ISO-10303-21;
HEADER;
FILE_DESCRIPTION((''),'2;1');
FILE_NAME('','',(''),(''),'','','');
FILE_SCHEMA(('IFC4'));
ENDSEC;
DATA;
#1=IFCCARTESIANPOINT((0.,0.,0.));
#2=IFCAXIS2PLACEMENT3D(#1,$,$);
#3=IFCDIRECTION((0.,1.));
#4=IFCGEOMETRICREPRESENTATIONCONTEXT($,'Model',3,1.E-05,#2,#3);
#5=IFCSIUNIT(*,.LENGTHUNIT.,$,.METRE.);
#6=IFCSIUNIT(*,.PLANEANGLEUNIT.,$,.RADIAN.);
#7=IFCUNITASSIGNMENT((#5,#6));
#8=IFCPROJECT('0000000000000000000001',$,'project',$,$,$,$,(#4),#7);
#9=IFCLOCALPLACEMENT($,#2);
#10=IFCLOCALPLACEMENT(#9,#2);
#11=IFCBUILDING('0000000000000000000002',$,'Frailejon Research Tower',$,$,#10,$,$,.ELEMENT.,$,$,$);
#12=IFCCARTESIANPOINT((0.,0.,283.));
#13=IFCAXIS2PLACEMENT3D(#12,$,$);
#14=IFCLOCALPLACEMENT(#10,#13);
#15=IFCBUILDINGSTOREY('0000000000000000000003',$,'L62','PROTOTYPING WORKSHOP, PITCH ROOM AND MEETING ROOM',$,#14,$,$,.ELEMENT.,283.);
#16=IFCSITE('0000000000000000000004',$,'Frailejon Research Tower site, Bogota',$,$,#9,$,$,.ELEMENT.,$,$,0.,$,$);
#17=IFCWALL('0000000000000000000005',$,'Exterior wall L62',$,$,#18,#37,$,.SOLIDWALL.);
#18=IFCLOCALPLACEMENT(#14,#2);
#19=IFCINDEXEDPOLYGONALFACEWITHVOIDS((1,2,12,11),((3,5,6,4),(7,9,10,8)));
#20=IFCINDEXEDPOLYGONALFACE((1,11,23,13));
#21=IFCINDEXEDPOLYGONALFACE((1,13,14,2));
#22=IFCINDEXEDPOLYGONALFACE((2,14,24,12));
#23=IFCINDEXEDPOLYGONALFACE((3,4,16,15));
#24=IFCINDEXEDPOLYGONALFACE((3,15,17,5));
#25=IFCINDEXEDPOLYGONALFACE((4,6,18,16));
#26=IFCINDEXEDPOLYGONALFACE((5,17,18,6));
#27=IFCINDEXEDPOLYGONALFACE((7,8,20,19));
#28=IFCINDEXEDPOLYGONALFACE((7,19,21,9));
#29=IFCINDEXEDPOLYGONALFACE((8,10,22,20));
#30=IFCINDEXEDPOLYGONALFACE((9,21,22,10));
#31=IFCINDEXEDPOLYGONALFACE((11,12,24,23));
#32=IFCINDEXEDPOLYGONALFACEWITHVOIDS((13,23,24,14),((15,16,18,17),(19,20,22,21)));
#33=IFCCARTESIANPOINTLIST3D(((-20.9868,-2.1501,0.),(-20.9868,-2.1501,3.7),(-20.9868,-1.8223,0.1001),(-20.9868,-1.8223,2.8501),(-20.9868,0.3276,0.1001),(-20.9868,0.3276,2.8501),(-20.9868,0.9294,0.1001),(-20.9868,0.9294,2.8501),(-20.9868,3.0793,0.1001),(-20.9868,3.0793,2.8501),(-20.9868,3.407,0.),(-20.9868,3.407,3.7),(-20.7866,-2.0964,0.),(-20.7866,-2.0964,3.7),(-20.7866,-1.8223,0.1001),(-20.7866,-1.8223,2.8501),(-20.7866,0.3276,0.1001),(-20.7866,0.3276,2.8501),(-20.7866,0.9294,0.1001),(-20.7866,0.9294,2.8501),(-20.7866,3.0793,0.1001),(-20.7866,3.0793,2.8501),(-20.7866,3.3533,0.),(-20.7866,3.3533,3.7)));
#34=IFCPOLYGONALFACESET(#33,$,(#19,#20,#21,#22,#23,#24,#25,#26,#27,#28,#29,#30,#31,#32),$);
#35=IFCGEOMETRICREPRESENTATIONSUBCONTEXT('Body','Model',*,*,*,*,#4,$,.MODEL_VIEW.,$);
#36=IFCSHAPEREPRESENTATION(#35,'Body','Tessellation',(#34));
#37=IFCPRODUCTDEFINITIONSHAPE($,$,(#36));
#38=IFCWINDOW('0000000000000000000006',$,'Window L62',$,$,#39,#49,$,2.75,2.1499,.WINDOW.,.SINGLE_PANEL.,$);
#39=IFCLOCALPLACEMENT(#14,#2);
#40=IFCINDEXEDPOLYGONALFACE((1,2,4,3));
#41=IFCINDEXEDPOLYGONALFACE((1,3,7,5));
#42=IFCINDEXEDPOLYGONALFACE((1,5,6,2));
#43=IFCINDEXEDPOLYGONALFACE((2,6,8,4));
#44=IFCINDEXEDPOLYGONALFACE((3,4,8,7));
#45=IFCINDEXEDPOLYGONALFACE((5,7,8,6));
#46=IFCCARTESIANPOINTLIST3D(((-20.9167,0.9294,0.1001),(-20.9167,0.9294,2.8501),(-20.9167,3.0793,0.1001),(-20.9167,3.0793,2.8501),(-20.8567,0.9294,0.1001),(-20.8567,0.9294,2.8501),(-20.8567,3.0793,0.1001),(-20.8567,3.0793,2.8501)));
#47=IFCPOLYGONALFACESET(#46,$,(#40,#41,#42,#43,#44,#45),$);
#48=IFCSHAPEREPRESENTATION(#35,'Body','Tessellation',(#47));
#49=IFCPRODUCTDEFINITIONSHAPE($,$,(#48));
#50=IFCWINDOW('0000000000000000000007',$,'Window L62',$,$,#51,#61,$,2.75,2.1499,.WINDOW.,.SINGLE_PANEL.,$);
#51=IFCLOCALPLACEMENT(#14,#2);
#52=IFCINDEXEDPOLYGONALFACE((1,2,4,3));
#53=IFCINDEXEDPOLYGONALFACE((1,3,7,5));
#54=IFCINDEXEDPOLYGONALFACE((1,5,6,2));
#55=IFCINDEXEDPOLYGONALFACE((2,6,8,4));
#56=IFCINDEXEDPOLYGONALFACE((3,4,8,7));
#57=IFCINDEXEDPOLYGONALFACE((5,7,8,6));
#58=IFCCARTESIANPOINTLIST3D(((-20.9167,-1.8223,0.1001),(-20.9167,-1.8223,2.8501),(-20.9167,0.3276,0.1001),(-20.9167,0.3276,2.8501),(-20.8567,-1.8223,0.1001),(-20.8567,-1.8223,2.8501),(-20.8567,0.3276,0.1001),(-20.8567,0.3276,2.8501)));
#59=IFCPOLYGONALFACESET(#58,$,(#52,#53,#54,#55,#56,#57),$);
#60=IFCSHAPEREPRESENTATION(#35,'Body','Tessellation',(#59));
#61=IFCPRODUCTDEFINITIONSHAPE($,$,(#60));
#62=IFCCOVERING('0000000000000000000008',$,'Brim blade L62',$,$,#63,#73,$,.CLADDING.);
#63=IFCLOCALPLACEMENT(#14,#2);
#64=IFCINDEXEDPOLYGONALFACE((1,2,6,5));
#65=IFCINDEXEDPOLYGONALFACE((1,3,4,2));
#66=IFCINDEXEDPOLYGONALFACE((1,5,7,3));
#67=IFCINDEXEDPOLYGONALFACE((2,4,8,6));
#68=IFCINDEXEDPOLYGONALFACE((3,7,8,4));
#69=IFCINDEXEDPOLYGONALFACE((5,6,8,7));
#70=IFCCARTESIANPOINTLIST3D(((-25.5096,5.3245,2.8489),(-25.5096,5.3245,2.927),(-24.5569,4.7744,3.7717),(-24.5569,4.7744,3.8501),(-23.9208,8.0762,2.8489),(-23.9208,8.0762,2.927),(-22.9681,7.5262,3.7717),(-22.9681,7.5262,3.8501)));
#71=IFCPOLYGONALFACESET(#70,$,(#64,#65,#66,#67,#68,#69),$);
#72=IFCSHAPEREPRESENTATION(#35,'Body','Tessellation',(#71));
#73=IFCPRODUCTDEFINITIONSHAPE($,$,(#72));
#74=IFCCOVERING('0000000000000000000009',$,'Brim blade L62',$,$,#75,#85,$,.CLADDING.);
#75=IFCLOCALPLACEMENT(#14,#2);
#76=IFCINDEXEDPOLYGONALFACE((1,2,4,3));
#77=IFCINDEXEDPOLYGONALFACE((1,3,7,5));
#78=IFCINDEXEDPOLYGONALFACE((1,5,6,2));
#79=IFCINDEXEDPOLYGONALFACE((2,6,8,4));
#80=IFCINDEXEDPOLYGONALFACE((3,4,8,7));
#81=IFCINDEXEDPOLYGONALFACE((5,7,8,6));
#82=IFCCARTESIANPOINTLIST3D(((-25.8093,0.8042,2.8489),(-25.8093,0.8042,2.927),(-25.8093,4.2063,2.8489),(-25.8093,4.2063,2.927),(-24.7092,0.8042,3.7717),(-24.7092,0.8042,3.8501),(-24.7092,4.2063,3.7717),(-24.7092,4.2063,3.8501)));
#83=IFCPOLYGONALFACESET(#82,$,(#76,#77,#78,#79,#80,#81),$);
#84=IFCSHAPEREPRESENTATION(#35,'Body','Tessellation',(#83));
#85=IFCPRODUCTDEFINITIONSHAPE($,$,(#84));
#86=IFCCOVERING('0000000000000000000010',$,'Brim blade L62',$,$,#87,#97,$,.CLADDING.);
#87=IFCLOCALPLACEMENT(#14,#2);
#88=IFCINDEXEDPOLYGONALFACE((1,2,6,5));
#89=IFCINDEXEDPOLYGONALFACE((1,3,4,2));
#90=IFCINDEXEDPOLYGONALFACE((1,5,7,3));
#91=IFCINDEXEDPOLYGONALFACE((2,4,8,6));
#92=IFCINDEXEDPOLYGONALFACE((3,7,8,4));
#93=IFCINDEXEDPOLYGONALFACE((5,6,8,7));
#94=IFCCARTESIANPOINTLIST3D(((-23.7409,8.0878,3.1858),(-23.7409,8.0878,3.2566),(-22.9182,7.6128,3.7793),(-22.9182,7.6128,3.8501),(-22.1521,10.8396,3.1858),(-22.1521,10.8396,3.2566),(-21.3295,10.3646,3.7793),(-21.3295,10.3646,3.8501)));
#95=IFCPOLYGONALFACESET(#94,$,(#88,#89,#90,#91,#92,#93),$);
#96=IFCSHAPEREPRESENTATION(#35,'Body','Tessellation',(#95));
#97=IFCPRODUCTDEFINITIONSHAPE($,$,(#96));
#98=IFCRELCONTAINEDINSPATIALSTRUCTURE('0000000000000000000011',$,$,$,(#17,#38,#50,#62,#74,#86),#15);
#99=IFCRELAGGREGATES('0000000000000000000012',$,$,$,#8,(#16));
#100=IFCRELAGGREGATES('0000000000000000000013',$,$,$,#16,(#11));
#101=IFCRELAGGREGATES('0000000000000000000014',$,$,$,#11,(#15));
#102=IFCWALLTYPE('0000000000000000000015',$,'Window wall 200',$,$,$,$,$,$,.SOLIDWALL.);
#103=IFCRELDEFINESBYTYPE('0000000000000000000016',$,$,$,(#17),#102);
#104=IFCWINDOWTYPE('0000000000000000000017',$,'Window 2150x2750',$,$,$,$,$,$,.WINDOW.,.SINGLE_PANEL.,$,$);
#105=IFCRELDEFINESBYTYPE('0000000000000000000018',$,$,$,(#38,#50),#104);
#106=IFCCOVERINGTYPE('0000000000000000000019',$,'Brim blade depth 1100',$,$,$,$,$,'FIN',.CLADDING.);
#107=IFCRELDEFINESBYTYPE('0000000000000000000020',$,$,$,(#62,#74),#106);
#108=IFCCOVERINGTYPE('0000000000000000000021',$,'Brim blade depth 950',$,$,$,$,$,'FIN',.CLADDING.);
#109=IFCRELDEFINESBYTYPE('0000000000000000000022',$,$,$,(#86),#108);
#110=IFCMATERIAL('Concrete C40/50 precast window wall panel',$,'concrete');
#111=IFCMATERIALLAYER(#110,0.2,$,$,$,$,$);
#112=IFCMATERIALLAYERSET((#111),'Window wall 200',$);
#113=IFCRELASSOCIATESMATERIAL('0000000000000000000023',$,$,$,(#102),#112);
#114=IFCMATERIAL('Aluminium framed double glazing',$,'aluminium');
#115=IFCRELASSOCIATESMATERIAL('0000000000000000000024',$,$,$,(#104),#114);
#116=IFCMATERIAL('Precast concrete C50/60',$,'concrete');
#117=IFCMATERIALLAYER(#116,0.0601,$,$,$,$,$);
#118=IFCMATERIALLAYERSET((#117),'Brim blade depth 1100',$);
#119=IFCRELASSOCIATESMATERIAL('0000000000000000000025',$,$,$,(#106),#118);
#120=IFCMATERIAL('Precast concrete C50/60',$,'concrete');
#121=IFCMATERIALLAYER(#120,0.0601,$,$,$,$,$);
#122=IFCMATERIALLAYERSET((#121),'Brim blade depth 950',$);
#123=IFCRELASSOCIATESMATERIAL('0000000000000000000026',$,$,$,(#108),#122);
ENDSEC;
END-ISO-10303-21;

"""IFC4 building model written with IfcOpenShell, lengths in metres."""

from ifc_helpers import new_model, si_unit, direction, frame, frame_2d, origin, place, context, subcontext, project, spatial, polyline, rectangle, outline, extrude, material, layer, layer_set, type_object, element, fill, save


model = new_model("IFC4")

# Units and contexts
model_context = context("Model", 3, precision=1e-05, world=origin(), true_north=direction((0.0, 1.0)))
body_context = subcontext(model_context, "Body", "Model", "MODEL_VIEW")
ifc_project = project(units=[si_unit("LENGTHUNIT", "METRE"), si_unit("PLANEANGLEUNIT", "RADIAN")], contexts=[model_context])

# Site, building, storey
site_placement = place(None, origin())
site = spatial("IfcSite", under=ifc_project, at=site_placement, Name="Frailejon Research Tower site, Bogota", CompositionType="ELEMENT", RefElevation=0.0)
building_placement = place(site_placement, origin())
building = spatial("IfcBuilding", under=site, at=building_placement, Name="Frailejon Research Tower", CompositionType="ELEMENT")
storey_placement = place(building_placement, frame((0.0, 0.0, 283.0)))
storey = spatial("IfcBuildingStorey", under=building, at=storey_placement, Name="L62", Description="PROTOTYPING WORKSHOP, PITCH ROOM AND MEETING ROOM", CompositionType="ELEMENT", Elevation=283.0)

# Wall, openings, windows
ifc_material_1 = material(Name="Concrete C40/50 precast window wall panel", Category="concrete")
ifc_layer_1 = layer(ifc_material_1, 0.2)
ifc_layer_set_1 = layer_set([ifc_layer_1], Name="Window wall 200")
wall_type_1 = type_object("IfcWallType", Name="Window wall 200", PredefinedType="SOLIDWALL", material=ifc_layer_set_1)
wall_1_placement = place(storey_placement, frame((-20.8867, 3.3801, 0.0), z_axis=(0.0, 0.0, 1.0), x_axis=(0.0, -1.0, 0.0)))
wall_1 = element("IfcWall", 1, at=wall_1_placement, inside=storey, type_object=wall_type_1, Name="Exterior wall L62", PredefinedType="SOLIDWALL", context=body_context, shape_type="SweptSolid", body=[
    extrude(outline(polyline([(-0.0269, -0.1001), (1.0845, -0.1001), (2.196, -0.1001), (3.3074, -0.1001), (4.4189, -0.1001), (5.5303, -0.1001), (5.4766, 0.1001), (4.3867, 0.1001), (3.2966, 0.1001), (2.2068, 0.1001), (1.1167, 0.1001), (0.0269, 0.1001), (-0.0269, -0.1001)])), origin(), (0.0, 0.0, 1.0), 3.7),
])
opening_1_placement = place(wall_1_placement, frame((0.3008, 0.0, 0.1001)))
opening_1 = element("IfcOpeningElement", 2, at=opening_1_placement, cuts=wall_1, PredefinedType="OPENING", context=body_context, shape_type="SweptSolid", body=[
    extrude(rectangle(XDim=2.1499, YDim=2.75, at=frame_2d((1.075, 1.375))), frame((0.0, 0.1099, 0.0), z_axis=(0.0, -1.0, 0.0), x_axis=(1.0, 0.0, 0.0)), (0.0, 0.0, 1.0), 0.22),
])
opening_2_placement = place(wall_1_placement, frame((3.0525, 0.0, 0.1001)))
opening_2 = element("IfcOpeningElement", 3, at=opening_2_placement, cuts=wall_1, PredefinedType="OPENING", context=body_context, shape_type="SweptSolid", body=[
    extrude(rectangle(XDim=2.1499, YDim=2.75, at=frame_2d((1.075, 1.375))), frame((0.0, 0.1099, 0.0), z_axis=(0.0, -1.0, 0.0), x_axis=(1.0, 0.0, 0.0)), (0.0, 0.0, 1.0), 0.22),
])
ifc_material_2 = material(Name="Aluminium framed double glazing", Category="aluminium")
window_type = type_object("IfcWindowType", Name="Window 2150x2750", PartitioningType="SINGLE_PANEL", PredefinedType="WINDOW", material=ifc_material_2)
window_1_placement = place(opening_1_placement, origin())
window_1 = element("IfcWindow", 4, at=window_1_placement, inside=storey, type_object=window_type, Name="Window L62", OverallHeight=2.75, OverallWidth=2.1499, PartitioningType="SINGLE_PANEL", PredefinedType="WINDOW", context=body_context, shape_type="SweptSolid", body=[
    extrude(rectangle(XDim=2.1499, YDim=2.75, at=frame_2d((1.075, 1.375))), frame((0.0, 0.03, 0.0), z_axis=(0.0, -1.0, 0.0), x_axis=(1.0, 0.0, 0.0)), (0.0, 0.0, 1.0), 0.0601),
])
fill(opening_1, window_1)
window_2_placement = place(opening_2_placement, origin())
window_2 = element("IfcWindow", 5, at=window_2_placement, inside=storey, type_object=window_type, Name="Window L62", OverallHeight=2.75, OverallWidth=2.1499, PartitioningType="SINGLE_PANEL", PredefinedType="WINDOW", context=body_context, shape_type="SweptSolid", body=[
    extrude(rectangle(XDim=2.1499, YDim=2.75, at=frame_2d((1.075, 1.375))), frame((0.0, 0.03, 0.0), z_axis=(0.0, -1.0, 0.0), x_axis=(1.0, 0.0, 0.0)), (0.0, 0.0, 1.0), 0.0601),
])
fill(opening_2, window_2)

# Coverings
ifc_material_3 = material(Name="Precast concrete C50/60", Category="concrete")
ifc_layer_2 = layer(ifc_material_3, 0.0601)
ifc_layer_set_2 = layer_set([ifc_layer_2], Name="Brim blade depth 1100")
covering_type_1 = type_object("IfcCoveringType", Name="Brim blade depth 1100", ElementType="FIN", PredefinedType="CLADDING", material=ifc_layer_set_2)
covering_1_placement = place(storey_placement, frame((-24.5569, 4.7744, 3.8501), z_axis=(0.500011, 0.866019, 0.0), x_axis=(-0.866019, 0.500011, 0.0)))
element("IfcCovering", 6, at=covering_1_placement, inside=storey, type_object=covering_type_1, Name="Brim blade L62", PredefinedType="CLADDING", context=body_context, shape_type="SweptSolid", body=[
    extrude(outline(polyline([(0.0, -0.0784), (1.1001, -1.0012), (1.1001, -0.9231), (0.0, 0.0), (0.0, -0.0784)])), origin(), (0.0, 0.0, 1.0), 3.1775),
])
covering_2_placement = place(storey_placement, frame((-24.7092, 0.8042, 3.8501), z_axis=(0.0, 1.0, 0.0), x_axis=(-1.0, 0.0, 0.0)))
element("IfcCovering", 7, at=covering_2_placement, inside=storey, type_object=covering_type_1, Name="Brim blade L62", PredefinedType="CLADDING", context=body_context, shape_type="SweptSolid", body=[
    extrude(outline(polyline([(0.0, -0.0784), (1.1001, -1.0012), (1.1001, -0.9231), (0.0, 0.0), (0.0, -0.0784)])), origin(), (0.0, 0.0, 1.0), 3.4021),
])
ifc_material_4 = material(Name="Precast concrete C50/60", Category="concrete")
ifc_layer_3 = layer(ifc_material_4, 0.0601)
ifc_layer_set_3 = layer_set([ifc_layer_3], Name="Brim blade depth 950")
covering_type_2 = type_object("IfcCoveringType", Name="Brim blade depth 950", ElementType="FIN", PredefinedType="CLADDING", material=ifc_layer_set_3)
covering_3_placement = place(storey_placement, frame((-22.9182, 7.6128, 3.8501), z_axis=(0.500002, 0.866025, 0.0), x_axis=(-0.866025, 0.500002, 0.0)))
element("IfcCovering", 8, at=covering_3_placement, inside=storey, type_object=covering_type_2, Name="Brim blade L62", PredefinedType="CLADDING", context=body_context, shape_type="SweptSolid", body=[
    extrude(outline(polyline([(0.0, -0.0708), (0.95, -0.6643), (0.95, -0.5935), (0.0, 0.0), (0.0, -0.0708)])), origin(), (0.0, 0.0, 1.0), 3.1775),
])

save(model, "model.ifc")
